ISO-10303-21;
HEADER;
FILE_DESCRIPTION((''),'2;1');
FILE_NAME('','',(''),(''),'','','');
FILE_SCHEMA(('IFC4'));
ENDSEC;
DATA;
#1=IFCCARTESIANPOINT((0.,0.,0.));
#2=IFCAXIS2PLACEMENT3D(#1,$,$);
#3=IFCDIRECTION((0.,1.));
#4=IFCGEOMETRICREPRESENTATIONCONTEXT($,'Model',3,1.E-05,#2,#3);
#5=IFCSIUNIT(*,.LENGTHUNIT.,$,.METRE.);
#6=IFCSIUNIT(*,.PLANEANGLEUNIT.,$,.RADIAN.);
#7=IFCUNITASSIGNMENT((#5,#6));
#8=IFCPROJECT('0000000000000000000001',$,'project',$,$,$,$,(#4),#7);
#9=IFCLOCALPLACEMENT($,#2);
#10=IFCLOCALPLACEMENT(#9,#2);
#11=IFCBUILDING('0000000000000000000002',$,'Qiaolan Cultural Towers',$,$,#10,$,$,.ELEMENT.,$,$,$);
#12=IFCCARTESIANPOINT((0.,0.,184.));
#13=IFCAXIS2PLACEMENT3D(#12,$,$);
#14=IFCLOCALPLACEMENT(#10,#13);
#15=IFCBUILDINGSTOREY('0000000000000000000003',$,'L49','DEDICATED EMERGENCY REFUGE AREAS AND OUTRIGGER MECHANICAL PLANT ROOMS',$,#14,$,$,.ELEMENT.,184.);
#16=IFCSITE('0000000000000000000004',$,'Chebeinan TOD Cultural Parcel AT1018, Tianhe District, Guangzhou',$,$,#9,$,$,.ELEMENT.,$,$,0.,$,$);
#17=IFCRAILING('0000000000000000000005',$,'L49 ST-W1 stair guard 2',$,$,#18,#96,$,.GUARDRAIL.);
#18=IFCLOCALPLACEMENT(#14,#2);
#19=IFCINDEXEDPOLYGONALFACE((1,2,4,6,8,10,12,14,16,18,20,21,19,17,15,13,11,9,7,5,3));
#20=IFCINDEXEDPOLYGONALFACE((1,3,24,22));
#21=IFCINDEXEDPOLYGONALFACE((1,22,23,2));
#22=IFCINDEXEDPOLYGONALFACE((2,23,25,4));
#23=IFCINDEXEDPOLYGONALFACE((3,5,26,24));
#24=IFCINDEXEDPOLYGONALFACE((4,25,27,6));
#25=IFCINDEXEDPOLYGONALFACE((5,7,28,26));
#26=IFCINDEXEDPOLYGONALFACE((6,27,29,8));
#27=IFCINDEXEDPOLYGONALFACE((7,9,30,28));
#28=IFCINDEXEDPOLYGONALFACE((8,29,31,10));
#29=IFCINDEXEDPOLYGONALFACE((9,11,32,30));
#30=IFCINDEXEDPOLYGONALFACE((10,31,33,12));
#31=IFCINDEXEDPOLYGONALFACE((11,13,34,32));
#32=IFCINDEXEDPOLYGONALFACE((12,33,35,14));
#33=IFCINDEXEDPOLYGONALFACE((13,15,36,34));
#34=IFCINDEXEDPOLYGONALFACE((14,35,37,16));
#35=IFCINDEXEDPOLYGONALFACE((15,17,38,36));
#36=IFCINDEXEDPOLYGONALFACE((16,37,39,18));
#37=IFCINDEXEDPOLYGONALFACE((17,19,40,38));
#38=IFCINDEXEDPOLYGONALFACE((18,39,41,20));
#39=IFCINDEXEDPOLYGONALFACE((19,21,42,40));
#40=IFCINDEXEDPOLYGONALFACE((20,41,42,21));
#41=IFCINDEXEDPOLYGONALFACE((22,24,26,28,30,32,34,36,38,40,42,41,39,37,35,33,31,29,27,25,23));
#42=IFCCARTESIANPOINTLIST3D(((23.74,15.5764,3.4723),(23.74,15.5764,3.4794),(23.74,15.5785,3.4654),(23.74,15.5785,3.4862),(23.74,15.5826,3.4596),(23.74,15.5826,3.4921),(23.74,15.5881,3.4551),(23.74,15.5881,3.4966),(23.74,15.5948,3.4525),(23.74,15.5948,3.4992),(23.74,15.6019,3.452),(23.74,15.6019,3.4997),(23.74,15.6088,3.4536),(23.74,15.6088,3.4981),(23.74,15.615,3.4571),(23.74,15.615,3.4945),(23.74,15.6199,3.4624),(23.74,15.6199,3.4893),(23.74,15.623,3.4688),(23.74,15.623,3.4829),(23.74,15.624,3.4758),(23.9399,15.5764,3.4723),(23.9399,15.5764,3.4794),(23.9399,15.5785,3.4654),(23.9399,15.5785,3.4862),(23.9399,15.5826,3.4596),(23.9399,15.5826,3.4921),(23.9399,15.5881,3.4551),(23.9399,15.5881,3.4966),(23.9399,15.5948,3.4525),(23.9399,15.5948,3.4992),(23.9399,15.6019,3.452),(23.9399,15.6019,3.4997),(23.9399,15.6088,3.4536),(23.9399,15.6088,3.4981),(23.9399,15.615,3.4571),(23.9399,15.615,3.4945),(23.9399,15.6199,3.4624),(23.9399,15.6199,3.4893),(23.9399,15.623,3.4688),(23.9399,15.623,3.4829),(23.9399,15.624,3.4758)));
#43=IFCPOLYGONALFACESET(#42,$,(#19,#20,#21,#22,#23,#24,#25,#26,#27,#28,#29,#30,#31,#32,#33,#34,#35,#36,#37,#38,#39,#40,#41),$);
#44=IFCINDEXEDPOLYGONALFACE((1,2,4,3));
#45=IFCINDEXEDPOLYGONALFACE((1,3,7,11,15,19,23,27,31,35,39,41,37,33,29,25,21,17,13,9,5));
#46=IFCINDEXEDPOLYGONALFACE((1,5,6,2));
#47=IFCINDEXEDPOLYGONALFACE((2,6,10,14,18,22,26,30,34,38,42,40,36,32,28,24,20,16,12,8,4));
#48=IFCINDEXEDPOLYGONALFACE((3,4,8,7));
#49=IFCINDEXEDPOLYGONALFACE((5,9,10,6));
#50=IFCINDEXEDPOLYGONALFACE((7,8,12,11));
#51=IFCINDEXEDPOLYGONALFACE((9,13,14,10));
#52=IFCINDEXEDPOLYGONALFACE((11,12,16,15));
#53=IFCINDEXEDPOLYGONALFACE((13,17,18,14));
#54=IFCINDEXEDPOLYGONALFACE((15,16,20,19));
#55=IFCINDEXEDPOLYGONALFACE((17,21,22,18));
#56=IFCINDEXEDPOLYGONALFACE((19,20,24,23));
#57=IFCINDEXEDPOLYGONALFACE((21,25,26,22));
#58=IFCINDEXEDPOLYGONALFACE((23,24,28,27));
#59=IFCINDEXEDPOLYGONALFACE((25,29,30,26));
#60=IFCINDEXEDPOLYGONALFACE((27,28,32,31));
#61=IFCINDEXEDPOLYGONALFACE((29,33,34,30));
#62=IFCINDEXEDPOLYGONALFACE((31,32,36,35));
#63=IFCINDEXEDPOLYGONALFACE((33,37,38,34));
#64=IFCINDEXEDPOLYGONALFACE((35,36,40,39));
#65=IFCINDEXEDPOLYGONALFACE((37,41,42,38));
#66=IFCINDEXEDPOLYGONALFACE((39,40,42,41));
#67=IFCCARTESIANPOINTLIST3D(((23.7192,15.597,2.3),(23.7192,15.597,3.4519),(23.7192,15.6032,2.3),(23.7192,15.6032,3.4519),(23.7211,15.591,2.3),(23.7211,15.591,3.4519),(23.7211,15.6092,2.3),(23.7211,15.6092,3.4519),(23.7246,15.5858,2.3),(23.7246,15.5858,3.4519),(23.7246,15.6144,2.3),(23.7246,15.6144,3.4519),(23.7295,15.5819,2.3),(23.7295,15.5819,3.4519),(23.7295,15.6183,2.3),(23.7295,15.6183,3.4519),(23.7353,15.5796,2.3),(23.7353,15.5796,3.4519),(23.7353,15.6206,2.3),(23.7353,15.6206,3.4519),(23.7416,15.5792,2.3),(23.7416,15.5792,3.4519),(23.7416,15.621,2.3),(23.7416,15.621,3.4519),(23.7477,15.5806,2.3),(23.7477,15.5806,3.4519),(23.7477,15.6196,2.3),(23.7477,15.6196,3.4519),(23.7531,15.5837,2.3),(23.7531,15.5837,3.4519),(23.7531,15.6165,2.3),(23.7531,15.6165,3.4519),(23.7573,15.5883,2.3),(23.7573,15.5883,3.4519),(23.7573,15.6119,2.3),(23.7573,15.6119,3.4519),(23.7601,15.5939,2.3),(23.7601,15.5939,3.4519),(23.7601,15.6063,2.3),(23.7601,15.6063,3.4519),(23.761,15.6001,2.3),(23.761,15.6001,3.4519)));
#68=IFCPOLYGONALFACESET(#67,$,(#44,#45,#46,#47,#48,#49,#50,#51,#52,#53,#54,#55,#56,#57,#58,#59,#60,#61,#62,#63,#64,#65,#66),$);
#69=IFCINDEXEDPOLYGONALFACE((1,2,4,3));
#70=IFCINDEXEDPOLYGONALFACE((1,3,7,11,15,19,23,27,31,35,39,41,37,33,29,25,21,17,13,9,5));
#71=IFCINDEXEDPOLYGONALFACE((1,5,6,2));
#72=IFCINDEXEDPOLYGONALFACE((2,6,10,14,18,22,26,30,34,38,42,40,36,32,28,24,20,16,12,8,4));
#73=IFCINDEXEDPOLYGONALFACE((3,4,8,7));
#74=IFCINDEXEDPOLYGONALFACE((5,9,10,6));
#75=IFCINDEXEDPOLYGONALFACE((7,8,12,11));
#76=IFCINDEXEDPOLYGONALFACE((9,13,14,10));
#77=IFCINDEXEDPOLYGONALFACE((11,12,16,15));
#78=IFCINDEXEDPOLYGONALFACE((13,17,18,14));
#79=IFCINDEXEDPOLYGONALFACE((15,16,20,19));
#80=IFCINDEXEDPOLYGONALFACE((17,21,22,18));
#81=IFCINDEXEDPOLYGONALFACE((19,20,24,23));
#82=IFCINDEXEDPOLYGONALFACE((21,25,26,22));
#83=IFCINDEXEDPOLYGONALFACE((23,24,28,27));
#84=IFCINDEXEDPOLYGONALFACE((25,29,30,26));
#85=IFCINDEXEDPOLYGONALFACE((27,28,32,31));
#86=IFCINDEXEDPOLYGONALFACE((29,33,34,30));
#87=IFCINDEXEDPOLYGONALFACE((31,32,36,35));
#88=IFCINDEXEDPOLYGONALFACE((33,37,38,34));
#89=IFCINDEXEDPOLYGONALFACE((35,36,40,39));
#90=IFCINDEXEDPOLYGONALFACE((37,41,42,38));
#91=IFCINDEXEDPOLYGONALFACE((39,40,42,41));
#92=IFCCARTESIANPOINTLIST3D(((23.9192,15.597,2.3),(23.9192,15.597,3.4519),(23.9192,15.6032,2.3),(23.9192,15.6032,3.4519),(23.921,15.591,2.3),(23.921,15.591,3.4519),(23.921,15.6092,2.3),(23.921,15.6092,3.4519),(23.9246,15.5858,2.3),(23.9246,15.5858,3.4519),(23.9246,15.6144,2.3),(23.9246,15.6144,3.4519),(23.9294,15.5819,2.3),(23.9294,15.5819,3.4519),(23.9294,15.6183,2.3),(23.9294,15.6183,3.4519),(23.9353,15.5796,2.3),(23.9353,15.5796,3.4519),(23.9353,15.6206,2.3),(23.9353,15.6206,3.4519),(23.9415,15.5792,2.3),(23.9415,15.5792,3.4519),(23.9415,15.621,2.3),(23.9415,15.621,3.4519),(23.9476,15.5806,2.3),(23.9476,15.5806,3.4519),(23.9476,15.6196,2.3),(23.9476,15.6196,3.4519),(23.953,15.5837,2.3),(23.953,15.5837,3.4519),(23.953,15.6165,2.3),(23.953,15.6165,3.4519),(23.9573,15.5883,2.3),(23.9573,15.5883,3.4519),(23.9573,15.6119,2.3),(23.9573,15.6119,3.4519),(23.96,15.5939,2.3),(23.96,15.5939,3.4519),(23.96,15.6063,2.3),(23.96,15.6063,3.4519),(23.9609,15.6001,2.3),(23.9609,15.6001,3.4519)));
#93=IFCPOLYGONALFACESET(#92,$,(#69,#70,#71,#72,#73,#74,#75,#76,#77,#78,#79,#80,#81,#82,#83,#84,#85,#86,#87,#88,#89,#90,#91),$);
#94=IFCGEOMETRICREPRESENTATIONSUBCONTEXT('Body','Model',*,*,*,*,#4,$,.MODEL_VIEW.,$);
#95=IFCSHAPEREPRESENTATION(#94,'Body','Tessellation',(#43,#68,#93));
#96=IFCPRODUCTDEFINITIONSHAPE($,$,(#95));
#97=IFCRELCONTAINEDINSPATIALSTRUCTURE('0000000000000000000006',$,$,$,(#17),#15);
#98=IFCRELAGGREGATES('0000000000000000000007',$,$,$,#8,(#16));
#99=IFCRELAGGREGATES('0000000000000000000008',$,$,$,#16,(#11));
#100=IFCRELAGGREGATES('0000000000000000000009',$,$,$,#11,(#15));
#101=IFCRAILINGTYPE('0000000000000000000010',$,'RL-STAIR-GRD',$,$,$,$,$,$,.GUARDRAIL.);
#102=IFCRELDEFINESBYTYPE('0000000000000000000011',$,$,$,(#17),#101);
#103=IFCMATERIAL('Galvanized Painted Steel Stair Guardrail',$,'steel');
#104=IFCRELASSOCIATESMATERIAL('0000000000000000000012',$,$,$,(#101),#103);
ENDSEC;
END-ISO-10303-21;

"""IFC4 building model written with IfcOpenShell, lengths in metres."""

from ifc_helpers import new_model, si_unit, direction, frame, origin, origin_2d, place, context, subcontext, project, spatial, circle, extrude, material, type_object, element, save


model = new_model("IFC4")

# Units and contexts
model_context = context("Model", 3, precision=1e-05, world=origin(), true_north=direction((0.0, 1.0)))
body_context = subcontext(model_context, "Body", "Model", "MODEL_VIEW")
ifc_project = project(units=[si_unit("LENGTHUNIT", "METRE"), si_unit("PLANEANGLEUNIT", "RADIAN")], contexts=[model_context])

# Site, building, storey
site_placement = place(None, origin())
site = spatial("IfcSite", under=ifc_project, at=site_placement, Name="Chebeinan TOD Cultural Parcel AT1018, Tianhe District, Guangzhou", CompositionType="ELEMENT", RefElevation=0.0)
building_placement = place(site_placement, origin())
building = spatial("IfcBuilding", under=site, at=building_placement, Name="Qiaolan Cultural Towers", CompositionType="ELEMENT")
storey_placement = place(building_placement, frame((0.0, 0.0, 184.0)))
storey = spatial("IfcBuildingStorey", under=building, at=storey_placement, Name="L49", Description="DEDICATED EMERGENCY REFUGE AREAS AND OUTRIGGER MECHANICAL PLANT ROOMS", CompositionType="ELEMENT", Elevation=184.0)

# Railing
ifc_material_1 = material(Name="Galvanized Painted Steel Stair Guardrail", Category="steel")
railing_type_1 = type_object("IfcRailingType", Name="RL-STAIR-GRD", PredefinedType="GUARDRAIL", material=ifc_material_1)
railing_1_placement = place(storey_placement, frame((23.74, 15.6001, 2.3)))
element("IfcRailing", 1, at=railing_1_placement, inside=storey, type_object=railing_type_1, Name="L49 ST-W1 stair guard 2", PredefinedType="GUARDRAIL", context=body_context, shape_type="SweptSolid", body=[
    extrude(circle(Radius=0.0239, at=origin_2d()), frame((0.0, 0.0, 1.1758), z_axis=(1.0, 0.0, 0.0), x_axis=(0.0, 1.0, 0.0)), (0.0, 0.0, 1.0), 0.2),
    extrude(circle(Radius=0.021, at=origin_2d()), origin(), (0.0, 0.0, 1.0), 1.1519),
    extrude(circle(Radius=0.021, at=origin_2d()), frame((0.2, 0.0, 0.0)), (0.0, 0.0, 1.0), 1.1519),
])

save(model, "model.ifc")
